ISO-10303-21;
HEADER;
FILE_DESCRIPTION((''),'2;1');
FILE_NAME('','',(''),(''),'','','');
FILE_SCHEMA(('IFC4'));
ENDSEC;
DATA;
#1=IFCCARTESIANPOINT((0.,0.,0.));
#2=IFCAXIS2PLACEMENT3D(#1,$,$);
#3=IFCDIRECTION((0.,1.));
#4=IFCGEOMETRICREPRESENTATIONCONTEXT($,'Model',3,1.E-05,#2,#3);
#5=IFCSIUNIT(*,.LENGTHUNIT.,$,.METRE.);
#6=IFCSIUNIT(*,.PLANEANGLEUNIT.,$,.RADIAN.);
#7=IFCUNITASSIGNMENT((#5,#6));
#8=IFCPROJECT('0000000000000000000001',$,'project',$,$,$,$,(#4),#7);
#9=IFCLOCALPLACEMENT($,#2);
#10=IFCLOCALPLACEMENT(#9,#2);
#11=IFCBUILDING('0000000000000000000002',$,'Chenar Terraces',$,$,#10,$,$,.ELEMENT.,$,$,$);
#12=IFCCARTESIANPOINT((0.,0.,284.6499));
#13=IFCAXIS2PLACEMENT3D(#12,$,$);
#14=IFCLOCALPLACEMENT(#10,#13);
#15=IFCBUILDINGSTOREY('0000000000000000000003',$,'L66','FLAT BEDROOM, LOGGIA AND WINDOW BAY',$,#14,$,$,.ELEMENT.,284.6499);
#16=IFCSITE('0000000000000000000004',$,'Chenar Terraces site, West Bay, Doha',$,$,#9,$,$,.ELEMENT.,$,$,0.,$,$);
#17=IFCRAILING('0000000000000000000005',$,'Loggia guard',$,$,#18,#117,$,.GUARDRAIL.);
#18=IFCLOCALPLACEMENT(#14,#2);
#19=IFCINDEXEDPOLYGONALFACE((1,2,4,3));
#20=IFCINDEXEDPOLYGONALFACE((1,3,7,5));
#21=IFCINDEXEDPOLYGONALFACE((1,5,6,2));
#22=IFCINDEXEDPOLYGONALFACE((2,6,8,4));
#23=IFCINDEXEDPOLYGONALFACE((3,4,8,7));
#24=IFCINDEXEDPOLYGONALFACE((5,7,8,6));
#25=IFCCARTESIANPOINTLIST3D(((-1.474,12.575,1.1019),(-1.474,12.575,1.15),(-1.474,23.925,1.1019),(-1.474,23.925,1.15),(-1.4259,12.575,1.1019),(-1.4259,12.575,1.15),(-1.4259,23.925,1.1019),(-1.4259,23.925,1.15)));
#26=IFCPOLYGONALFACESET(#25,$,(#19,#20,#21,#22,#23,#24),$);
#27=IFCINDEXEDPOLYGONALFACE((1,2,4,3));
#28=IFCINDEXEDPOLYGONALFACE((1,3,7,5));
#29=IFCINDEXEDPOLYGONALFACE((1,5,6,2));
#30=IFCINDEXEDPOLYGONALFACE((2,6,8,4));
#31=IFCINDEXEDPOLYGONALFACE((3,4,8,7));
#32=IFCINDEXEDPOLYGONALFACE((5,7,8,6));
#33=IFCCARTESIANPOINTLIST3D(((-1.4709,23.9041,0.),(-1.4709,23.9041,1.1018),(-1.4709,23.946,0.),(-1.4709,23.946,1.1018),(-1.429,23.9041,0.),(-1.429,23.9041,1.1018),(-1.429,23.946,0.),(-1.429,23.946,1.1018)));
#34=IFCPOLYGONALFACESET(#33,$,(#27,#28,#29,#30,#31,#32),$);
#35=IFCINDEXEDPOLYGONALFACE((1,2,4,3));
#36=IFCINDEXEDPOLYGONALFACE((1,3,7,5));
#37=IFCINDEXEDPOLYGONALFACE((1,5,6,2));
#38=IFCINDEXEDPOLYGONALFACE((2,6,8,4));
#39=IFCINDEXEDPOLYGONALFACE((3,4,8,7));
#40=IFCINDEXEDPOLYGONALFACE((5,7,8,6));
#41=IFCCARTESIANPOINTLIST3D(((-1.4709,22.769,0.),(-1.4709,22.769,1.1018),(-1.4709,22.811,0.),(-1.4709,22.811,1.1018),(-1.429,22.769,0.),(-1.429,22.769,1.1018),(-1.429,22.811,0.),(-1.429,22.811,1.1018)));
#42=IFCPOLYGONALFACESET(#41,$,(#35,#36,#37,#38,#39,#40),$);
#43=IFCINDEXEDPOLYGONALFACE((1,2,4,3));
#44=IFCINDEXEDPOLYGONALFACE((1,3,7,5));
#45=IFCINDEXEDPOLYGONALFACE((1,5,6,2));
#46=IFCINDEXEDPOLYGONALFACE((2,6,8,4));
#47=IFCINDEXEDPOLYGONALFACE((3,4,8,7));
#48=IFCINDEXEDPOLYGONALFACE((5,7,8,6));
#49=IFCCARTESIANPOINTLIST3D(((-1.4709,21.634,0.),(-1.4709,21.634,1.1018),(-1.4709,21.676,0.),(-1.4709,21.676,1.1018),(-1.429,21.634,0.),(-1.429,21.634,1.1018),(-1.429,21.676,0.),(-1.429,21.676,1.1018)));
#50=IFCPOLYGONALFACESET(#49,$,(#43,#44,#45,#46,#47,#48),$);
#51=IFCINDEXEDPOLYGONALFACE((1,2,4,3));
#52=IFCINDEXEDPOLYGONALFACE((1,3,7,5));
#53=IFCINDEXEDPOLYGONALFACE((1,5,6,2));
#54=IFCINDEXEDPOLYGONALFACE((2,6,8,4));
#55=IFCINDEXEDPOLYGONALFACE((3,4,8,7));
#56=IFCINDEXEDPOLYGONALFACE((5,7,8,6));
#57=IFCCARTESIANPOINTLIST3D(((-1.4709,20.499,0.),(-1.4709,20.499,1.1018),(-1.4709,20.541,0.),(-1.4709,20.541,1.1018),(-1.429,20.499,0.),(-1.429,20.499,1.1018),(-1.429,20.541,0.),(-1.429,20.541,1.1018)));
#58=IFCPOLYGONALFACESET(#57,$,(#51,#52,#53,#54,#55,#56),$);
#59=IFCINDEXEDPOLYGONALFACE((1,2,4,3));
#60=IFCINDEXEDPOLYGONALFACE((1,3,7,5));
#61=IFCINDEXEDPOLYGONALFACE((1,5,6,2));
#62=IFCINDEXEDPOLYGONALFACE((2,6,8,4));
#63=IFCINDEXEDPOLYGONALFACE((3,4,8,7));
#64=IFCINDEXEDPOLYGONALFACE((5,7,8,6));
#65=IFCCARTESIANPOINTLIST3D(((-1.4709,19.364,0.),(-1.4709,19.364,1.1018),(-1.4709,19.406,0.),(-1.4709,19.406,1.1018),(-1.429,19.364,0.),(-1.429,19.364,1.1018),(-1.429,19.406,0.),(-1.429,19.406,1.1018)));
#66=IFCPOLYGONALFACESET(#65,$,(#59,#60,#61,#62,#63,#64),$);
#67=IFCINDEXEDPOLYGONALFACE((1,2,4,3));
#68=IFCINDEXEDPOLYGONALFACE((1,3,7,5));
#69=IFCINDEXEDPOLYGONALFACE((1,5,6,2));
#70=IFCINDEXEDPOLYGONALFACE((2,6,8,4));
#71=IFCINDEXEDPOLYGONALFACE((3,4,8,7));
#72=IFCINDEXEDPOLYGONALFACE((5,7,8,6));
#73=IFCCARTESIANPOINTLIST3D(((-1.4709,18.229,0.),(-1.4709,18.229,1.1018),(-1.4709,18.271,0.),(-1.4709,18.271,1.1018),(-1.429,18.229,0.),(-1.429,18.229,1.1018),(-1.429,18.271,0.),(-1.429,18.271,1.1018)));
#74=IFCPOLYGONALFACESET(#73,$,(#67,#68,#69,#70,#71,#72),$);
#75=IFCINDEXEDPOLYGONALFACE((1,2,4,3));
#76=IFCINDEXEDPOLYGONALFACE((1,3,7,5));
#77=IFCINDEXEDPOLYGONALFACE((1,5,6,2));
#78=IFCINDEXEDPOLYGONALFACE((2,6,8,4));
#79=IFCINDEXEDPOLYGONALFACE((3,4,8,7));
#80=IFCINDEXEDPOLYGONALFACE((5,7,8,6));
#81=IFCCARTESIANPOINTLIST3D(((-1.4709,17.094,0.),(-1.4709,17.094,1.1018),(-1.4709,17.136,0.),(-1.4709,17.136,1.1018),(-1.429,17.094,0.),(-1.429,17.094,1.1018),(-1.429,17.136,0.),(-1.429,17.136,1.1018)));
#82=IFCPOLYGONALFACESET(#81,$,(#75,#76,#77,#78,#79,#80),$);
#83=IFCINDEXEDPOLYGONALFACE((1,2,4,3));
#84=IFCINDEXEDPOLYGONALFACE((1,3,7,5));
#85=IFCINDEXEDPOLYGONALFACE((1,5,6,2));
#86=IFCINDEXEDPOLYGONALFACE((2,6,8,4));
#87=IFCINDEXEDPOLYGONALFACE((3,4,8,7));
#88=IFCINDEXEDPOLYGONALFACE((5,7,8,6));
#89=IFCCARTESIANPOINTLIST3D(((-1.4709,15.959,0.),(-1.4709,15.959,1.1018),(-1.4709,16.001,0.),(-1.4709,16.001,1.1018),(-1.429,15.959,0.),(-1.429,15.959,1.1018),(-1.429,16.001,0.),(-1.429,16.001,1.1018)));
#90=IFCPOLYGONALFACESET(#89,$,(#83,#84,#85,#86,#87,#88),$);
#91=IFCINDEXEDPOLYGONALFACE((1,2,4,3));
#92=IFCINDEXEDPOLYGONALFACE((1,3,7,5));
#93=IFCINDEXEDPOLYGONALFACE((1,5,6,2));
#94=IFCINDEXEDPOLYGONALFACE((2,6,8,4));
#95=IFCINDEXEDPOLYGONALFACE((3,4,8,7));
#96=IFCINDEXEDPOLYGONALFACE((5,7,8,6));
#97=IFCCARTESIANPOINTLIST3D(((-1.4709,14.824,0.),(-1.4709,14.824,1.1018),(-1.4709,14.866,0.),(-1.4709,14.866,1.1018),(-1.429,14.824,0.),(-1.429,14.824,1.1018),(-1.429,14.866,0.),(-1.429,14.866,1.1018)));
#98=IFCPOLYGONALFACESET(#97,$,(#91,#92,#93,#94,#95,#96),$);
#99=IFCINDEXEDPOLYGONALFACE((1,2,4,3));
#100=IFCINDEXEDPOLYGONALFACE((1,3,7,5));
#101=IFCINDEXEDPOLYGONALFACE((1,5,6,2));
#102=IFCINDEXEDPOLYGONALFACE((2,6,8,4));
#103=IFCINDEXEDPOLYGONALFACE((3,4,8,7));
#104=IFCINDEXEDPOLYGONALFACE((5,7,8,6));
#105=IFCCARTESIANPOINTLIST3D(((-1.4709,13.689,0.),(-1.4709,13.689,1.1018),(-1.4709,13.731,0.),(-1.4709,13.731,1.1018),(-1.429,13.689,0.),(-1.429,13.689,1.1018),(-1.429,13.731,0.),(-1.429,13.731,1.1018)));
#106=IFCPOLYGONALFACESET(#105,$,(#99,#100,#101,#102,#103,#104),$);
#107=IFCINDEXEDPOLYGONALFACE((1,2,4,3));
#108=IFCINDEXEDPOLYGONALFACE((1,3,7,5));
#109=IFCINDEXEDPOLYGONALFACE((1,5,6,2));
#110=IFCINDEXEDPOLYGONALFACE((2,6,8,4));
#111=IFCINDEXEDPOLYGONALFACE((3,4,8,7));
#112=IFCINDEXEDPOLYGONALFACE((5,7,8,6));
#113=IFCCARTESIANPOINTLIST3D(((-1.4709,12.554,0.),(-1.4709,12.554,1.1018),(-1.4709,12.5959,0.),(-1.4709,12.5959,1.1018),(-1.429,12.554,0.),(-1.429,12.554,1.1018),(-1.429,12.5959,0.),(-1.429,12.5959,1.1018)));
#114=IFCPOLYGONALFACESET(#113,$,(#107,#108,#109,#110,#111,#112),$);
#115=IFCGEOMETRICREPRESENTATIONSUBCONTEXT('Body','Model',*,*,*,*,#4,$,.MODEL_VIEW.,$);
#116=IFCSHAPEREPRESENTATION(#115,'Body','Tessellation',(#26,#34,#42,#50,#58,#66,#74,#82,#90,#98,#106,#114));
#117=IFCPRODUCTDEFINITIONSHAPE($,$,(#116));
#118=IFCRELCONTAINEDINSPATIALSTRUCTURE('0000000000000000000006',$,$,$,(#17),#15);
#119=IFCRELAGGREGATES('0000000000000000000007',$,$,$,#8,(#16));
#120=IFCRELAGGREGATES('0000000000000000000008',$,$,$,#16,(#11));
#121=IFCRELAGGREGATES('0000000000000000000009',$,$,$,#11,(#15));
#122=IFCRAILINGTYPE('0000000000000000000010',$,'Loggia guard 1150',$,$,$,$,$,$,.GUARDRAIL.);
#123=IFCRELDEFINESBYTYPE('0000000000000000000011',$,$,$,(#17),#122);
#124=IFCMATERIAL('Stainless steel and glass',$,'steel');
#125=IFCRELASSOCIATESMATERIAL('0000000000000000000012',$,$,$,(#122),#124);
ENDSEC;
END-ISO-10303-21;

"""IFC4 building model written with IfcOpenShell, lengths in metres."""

from ifc_helpers import new_model, si_unit, direction, frame, origin, origin_2d, place, context, subcontext, project, spatial, rectangle, extrude, material, type_object, element, save


model = new_model("IFC4")

# Units and contexts
model_context = context("Model", 3, precision=1e-05, world=origin(), true_north=direction((0.0, 1.0)))
body_context = subcontext(model_context, "Body", "Model", "MODEL_VIEW")
ifc_project = project(units=[si_unit("LENGTHUNIT", "METRE"), si_unit("PLANEANGLEUNIT", "RADIAN")], contexts=[model_context])

# Site, building, storey
site_placement = place(None, origin())
site = spatial("IfcSite", under=ifc_project, at=site_placement, Name="Chenar Terraces site, West Bay, Doha", CompositionType="ELEMENT", RefElevation=0.0)
building_placement = place(site_placement, origin())
building = spatial("IfcBuilding", under=site, at=building_placement, Name="Chenar Terraces", CompositionType="ELEMENT")
storey_placement = place(building_placement, frame((0.0, 0.0, 284.6499)))
storey = spatial("IfcBuildingStorey", under=building, at=storey_placement, Name="L66", Description="FLAT BEDROOM, LOGGIA AND WINDOW BAY", CompositionType="ELEMENT", Elevation=284.6499)

# Railing
ifc_material_1 = material(Name="Stainless steel and glass", Category="steel")
railing_type_1 = type_object("IfcRailingType", Name="Loggia guard 1150", PredefinedType="GUARDRAIL", material=ifc_material_1)
railing_1_placement = place(storey_placement, frame((-1.45, 23.925, 0.0)))
element("IfcRailing", 1, at=railing_1_placement, inside=storey, type_object=railing_type_1, Name="Loggia guard", PredefinedType="GUARDRAIL", context=body_context, shape_type="SweptSolid", body=[
    extrude(rectangle(XDim=0.0481, YDim=0.0481, at=origin_2d()), frame((0.0, 0.0, 1.126), z_axis=(0.0, -1.0, 0.0), x_axis=(1.0, 0.0, 0.0)), (0.0, 0.0, 1.0), 11.3501),
    extrude(rectangle(XDim=0.042, YDim=0.042, at=origin_2d()), origin(), (0.0, 0.0, 1.0), 1.1018),
    extrude(rectangle(XDim=0.042, YDim=0.042, at=origin_2d()), frame((0.0, -1.135, 0.0)), (0.0, 0.0, 1.0), 1.1018),
    extrude(rectangle(XDim=0.042, YDim=0.042, at=origin_2d()), frame((0.0, -2.27, 0.0)), (0.0, 0.0, 1.0), 1.1018),
    extrude(rectangle(XDim=0.042, YDim=0.042, at=origin_2d()), frame((0.0, -3.405, 0.0)), (0.0, 0.0, 1.0), 1.1018),
    extrude(rectangle(XDim=0.042, YDim=0.042, at=origin_2d()), frame((0.0, -4.54, 0.0)), (0.0, 0.0, 1.0), 1.1018),
    extrude(rectangle(XDim=0.042, YDim=0.042, at=origin_2d()), frame((0.0, -5.675, 0.0)), (0.0, 0.0, 1.0), 1.1018),
    extrude(rectangle(XDim=0.042, YDim=0.042, at=origin_2d()), frame((0.0, -6.8101, 0.0)), (0.0, 0.0, 1.0), 1.1018),
    extrude(rectangle(XDim=0.042, YDim=0.042, at=origin_2d()), frame((0.0, -7.9451, 0.0)), (0.0, 0.0, 1.0), 1.1018),
    extrude(rectangle(XDim=0.042, YDim=0.042, at=origin_2d()), frame((0.0, -9.0801, 0.0)), (0.0, 0.0, 1.0), 1.1018),
    extrude(rectangle(XDim=0.042, YDim=0.042, at=origin_2d()), frame((0.0, -10.2151, 0.0)), (0.0, 0.0, 1.0), 1.1018),
    extrude(rectangle(XDim=0.042, YDim=0.042, at=origin_2d()), frame((0.0, -11.3501, 0.0)), (0.0, 0.0, 1.0), 1.1018),
])

save(model, "model.ifc")
